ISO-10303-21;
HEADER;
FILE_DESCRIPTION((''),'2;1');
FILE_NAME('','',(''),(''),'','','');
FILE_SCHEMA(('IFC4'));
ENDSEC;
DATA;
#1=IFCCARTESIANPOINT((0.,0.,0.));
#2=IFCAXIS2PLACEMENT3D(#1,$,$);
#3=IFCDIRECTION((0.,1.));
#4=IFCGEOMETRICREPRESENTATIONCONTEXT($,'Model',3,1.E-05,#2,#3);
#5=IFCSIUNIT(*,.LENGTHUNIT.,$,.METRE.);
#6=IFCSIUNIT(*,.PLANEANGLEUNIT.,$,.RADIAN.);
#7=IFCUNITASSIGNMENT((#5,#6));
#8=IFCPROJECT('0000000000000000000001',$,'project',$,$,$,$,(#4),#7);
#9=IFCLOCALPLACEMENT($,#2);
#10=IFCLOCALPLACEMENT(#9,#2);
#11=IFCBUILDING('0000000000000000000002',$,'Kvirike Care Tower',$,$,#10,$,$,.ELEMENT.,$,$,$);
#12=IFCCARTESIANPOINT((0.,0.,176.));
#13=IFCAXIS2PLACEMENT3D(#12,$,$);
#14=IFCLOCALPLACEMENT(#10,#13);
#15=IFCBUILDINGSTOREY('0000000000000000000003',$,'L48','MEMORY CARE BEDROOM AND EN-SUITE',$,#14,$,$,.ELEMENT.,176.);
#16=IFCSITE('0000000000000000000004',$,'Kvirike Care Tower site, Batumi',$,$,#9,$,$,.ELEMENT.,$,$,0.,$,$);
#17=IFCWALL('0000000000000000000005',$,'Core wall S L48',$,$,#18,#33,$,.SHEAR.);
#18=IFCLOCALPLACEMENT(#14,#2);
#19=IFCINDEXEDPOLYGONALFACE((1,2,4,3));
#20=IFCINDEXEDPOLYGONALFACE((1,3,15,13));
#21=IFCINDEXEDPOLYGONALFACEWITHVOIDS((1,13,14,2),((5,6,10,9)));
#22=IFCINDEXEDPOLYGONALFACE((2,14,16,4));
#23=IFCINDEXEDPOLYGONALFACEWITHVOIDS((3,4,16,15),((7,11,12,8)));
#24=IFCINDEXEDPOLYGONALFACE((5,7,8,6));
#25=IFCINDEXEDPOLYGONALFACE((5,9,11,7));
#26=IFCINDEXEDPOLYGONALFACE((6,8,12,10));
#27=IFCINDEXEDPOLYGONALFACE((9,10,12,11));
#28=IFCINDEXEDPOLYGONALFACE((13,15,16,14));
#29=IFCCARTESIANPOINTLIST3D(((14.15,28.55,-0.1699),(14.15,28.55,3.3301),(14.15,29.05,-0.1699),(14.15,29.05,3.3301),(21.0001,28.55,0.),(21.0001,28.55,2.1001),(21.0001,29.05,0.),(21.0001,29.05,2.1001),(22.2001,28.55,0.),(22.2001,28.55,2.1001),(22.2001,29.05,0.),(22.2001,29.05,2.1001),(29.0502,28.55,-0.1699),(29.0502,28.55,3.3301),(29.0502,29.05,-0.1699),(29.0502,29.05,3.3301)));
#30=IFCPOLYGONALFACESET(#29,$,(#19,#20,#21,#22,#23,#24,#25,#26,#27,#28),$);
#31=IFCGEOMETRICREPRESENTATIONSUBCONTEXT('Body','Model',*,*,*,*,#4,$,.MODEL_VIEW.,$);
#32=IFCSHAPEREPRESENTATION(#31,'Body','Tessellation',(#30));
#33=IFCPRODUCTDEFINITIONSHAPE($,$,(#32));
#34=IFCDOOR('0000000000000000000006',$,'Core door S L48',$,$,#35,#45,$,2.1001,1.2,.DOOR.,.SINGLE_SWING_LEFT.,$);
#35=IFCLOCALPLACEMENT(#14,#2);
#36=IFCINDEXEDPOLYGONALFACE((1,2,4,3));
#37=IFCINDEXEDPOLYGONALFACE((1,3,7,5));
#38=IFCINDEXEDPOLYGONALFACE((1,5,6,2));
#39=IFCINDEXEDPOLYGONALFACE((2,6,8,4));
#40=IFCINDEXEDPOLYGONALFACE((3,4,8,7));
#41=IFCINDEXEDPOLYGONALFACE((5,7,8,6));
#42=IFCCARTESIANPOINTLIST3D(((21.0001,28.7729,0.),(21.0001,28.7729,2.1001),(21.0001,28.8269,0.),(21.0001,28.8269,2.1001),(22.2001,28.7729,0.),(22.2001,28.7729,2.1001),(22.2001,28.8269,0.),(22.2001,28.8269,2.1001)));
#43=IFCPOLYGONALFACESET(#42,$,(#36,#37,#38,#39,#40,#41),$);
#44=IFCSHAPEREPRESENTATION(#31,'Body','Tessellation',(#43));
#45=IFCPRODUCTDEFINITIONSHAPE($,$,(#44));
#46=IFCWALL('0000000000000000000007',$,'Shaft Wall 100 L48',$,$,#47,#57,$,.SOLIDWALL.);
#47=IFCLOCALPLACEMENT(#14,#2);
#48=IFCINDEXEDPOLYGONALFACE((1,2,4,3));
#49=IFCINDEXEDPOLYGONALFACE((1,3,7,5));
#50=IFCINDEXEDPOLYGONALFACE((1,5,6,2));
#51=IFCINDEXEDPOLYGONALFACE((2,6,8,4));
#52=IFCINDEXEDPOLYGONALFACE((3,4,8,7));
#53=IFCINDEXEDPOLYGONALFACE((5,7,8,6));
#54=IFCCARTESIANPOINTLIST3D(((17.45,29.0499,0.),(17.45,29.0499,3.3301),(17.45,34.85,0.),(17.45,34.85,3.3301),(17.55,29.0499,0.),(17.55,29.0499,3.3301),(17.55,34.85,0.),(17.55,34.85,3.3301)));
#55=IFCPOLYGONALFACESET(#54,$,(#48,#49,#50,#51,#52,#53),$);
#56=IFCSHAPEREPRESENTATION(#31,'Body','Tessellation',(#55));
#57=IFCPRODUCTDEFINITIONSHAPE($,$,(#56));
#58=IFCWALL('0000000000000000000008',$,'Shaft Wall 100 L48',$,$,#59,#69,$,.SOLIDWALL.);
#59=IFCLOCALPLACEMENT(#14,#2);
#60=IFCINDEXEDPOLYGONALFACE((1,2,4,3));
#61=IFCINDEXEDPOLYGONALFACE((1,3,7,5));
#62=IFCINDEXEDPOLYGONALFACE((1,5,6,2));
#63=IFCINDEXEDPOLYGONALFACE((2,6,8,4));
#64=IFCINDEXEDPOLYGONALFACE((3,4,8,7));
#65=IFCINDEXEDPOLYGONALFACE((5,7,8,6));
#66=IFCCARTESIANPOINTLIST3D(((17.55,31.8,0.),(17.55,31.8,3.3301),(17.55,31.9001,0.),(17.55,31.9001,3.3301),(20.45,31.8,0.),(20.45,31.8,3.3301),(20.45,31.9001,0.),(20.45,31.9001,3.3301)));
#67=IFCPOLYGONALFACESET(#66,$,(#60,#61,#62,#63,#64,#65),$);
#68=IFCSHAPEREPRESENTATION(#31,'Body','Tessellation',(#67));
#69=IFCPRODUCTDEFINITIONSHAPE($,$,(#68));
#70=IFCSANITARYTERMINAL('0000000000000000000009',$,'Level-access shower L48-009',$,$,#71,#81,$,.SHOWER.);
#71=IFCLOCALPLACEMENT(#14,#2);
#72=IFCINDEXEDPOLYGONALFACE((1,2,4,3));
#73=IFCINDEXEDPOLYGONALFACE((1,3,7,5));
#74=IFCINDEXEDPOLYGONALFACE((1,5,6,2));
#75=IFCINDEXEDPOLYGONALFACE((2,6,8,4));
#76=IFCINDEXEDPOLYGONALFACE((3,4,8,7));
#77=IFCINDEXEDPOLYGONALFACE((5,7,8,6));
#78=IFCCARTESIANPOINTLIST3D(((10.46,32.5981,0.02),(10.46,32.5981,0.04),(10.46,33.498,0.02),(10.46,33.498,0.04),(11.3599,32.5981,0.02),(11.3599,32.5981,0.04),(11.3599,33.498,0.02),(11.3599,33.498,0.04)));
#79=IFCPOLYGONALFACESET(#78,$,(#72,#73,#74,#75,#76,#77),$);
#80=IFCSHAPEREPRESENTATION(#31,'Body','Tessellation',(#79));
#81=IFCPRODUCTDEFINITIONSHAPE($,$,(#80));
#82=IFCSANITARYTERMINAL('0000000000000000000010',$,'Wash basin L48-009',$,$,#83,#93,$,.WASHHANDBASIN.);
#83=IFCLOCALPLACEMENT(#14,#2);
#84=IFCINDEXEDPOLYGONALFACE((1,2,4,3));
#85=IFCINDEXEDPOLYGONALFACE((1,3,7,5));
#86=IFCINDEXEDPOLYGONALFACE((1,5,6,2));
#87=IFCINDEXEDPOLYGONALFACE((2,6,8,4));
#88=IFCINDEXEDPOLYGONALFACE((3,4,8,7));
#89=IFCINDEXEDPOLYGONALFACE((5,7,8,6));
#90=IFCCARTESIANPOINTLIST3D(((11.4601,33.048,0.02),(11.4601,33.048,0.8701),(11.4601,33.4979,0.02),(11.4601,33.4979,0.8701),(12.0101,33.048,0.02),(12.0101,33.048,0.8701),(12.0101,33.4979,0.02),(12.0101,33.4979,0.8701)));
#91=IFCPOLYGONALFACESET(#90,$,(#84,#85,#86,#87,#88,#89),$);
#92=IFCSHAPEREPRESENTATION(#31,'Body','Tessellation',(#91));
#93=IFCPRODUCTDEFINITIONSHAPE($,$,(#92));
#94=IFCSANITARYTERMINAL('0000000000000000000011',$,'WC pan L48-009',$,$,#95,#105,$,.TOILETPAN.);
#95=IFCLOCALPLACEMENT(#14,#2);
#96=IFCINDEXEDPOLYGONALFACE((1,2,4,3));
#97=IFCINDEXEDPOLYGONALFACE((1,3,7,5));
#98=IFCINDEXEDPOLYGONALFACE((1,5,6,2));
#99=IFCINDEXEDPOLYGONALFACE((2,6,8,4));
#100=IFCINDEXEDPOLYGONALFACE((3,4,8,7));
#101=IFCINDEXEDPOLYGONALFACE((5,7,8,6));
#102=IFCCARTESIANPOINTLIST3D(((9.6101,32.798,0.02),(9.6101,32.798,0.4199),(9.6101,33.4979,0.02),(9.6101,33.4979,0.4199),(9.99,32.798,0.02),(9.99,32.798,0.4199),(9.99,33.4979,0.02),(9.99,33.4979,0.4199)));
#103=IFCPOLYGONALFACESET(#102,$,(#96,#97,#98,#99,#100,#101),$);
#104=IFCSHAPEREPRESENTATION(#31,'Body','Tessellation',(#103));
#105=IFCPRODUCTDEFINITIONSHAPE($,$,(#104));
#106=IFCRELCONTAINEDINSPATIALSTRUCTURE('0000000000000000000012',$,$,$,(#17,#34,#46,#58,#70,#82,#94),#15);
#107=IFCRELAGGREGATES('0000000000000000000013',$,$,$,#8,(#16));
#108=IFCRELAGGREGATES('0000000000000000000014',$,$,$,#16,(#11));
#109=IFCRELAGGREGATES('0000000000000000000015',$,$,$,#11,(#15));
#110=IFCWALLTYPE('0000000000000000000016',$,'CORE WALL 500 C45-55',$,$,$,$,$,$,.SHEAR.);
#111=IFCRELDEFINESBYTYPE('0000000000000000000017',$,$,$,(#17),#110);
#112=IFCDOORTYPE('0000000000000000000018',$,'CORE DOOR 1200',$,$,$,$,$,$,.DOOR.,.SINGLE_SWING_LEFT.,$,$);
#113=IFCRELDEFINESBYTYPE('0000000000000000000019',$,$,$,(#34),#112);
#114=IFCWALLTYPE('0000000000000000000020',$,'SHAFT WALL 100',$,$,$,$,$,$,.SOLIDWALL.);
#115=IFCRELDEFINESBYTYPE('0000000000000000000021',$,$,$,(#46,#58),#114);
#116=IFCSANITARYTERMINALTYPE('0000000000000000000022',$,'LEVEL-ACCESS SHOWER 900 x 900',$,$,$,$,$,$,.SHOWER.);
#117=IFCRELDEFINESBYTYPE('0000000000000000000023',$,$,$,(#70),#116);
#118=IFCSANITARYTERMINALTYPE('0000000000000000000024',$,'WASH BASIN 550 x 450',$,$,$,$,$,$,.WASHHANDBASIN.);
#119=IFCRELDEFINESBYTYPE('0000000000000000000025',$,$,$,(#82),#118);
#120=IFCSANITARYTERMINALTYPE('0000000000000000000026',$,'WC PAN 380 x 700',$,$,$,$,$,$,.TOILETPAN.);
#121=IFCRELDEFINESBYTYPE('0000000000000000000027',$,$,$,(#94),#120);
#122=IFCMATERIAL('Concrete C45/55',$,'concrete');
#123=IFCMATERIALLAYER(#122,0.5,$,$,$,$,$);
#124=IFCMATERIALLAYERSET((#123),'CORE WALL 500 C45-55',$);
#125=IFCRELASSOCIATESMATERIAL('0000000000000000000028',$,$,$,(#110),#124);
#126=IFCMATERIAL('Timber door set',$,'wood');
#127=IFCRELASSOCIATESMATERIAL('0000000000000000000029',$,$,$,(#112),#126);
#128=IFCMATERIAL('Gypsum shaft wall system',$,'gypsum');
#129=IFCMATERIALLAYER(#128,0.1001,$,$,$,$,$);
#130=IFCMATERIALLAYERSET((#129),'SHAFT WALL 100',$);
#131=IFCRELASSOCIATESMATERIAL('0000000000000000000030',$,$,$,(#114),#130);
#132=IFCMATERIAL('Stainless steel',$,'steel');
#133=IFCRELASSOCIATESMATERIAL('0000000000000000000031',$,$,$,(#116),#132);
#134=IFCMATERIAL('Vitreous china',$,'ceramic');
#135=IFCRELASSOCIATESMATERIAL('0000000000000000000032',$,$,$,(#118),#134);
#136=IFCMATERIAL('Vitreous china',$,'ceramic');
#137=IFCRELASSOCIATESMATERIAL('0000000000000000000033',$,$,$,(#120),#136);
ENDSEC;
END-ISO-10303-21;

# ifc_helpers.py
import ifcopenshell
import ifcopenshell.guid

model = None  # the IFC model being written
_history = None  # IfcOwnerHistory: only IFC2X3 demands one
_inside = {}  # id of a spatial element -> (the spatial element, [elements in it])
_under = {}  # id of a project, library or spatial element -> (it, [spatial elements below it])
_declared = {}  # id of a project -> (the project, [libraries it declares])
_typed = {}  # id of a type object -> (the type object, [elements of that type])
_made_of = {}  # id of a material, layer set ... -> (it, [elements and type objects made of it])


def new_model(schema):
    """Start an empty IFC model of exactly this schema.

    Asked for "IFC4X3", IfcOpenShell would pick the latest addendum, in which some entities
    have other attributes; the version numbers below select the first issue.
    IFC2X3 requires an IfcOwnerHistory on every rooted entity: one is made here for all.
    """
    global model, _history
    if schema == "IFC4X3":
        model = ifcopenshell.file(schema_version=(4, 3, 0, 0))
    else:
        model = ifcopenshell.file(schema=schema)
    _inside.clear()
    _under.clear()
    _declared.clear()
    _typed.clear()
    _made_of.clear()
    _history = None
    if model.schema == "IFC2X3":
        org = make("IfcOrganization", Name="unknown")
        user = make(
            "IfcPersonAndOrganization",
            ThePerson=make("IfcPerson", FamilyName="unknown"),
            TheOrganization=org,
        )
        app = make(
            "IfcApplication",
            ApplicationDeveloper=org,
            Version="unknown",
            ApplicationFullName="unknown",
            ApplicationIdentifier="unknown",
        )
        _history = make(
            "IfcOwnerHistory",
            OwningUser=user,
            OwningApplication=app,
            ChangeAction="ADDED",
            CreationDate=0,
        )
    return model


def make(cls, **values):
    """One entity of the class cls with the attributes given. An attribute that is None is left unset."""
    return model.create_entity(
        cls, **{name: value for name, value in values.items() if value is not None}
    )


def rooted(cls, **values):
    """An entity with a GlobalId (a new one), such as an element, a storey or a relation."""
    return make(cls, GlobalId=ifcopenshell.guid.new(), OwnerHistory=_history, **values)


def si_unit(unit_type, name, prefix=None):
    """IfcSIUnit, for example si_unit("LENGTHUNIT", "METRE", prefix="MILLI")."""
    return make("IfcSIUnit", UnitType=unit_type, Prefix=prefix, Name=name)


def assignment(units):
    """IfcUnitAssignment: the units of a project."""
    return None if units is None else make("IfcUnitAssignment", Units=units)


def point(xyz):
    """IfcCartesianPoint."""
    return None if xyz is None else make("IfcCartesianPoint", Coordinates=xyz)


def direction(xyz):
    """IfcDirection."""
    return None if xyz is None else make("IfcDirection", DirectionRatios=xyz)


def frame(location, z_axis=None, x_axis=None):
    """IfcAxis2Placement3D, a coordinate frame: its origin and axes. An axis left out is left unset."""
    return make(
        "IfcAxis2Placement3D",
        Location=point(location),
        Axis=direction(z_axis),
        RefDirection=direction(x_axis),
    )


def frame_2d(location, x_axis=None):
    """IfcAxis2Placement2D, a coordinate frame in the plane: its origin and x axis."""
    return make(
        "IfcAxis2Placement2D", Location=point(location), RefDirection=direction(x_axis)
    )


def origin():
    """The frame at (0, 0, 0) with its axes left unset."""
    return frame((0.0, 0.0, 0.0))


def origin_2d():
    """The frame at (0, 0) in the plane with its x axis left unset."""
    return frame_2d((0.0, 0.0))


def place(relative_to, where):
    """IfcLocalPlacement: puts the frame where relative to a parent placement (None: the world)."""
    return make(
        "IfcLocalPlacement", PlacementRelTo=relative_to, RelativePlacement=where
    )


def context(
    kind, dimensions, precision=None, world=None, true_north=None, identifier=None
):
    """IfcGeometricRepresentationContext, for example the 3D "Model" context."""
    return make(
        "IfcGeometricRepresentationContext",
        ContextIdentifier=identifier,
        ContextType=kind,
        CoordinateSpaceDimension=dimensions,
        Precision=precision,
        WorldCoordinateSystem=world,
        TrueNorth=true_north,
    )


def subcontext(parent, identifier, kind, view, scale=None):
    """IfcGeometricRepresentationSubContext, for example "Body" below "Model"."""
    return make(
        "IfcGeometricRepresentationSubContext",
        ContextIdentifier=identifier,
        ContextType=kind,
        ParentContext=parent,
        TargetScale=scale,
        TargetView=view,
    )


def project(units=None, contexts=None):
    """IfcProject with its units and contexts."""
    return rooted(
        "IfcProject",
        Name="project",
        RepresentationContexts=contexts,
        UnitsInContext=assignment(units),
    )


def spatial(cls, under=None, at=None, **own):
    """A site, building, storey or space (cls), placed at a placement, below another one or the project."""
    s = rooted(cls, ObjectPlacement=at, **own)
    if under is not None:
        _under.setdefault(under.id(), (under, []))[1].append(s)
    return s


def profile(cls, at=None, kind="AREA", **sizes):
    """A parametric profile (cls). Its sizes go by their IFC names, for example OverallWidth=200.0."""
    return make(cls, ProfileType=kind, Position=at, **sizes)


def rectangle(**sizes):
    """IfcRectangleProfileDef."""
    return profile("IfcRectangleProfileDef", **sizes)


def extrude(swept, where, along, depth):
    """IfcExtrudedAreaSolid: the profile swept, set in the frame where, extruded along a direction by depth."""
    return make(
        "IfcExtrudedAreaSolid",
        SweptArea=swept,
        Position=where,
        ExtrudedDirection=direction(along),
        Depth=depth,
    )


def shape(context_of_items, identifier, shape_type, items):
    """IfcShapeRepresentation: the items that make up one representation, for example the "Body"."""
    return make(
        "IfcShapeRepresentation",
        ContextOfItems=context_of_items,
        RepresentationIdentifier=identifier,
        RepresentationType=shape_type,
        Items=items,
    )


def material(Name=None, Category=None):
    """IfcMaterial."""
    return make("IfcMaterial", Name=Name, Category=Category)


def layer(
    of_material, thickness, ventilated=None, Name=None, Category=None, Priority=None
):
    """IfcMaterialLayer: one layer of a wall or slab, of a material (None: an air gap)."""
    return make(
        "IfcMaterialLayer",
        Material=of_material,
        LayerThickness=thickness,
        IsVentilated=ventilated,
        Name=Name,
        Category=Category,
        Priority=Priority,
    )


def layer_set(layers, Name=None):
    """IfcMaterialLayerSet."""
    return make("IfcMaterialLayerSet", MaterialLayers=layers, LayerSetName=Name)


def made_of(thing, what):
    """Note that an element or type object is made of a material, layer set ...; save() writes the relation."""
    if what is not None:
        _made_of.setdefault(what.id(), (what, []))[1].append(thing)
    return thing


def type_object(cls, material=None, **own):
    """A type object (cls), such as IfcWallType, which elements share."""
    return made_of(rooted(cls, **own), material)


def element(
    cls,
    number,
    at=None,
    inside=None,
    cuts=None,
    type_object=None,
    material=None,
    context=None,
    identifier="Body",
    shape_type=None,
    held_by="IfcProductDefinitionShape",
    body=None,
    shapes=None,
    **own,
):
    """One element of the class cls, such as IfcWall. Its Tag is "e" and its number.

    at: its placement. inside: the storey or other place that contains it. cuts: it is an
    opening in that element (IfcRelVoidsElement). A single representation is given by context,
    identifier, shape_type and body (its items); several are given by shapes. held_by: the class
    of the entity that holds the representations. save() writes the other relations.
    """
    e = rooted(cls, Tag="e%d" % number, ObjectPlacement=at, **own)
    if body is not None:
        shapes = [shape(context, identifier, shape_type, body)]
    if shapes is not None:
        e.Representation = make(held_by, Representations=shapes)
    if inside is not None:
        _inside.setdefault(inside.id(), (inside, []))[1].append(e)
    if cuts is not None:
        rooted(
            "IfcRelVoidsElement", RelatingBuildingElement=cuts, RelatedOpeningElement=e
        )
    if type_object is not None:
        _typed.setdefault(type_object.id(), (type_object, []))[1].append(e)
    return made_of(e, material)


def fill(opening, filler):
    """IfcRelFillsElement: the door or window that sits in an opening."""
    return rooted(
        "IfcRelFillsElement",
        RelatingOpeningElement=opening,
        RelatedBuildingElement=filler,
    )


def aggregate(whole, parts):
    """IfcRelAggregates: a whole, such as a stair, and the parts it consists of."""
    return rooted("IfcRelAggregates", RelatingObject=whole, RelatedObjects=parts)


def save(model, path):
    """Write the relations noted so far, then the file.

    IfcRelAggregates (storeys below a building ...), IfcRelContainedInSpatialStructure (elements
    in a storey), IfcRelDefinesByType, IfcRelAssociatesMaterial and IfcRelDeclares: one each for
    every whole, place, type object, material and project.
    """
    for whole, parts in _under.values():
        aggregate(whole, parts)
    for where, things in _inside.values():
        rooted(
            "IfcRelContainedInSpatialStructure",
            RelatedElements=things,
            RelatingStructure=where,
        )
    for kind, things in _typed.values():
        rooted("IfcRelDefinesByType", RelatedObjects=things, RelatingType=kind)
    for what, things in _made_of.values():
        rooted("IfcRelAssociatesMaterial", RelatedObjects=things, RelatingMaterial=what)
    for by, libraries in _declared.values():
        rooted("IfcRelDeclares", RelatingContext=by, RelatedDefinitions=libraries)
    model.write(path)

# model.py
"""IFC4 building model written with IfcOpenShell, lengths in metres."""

from ifc_helpers import new_model, si_unit, direction, frame, frame_2d, origin, origin_2d, place, context, subcontext, project, spatial, rectangle, extrude, material, layer, layer_set, type_object, element, fill, save


model = new_model("IFC4")

# Units and contexts
model_context = context("Model", 3, precision=1e-05, world=origin(), true_north=direction((0.0, 1.0)))
body_context = subcontext(model_context, "Body", "Model", "MODEL_VIEW")
ifc_project = project(units=[si_unit("LENGTHUNIT", "METRE"), si_unit("PLANEANGLEUNIT", "RADIAN")], contexts=[model_context])

# Site, building, storey
site_placement = place(None, origin())
site = spatial("IfcSite", under=ifc_project, at=site_placement, Name="Kvirike Care Tower site, Batumi", CompositionType="ELEMENT", RefElevation=0.0)
building_placement = place(site_placement, origin())
building = spatial("IfcBuilding", under=site, at=building_placement, Name="Kvirike Care Tower", CompositionType="ELEMENT")
storey_placement = place(building_placement, frame((0.0, 0.0, 176.0)))
storey = spatial("IfcBuildingStorey", under=building, at=storey_placement, Name="L48", Description="MEMORY CARE BEDROOM AND EN-SUITE", CompositionType="ELEMENT", Elevation=176.0)

# Wall, opening, door
ifc_material_1 = material(Name="Concrete C45/55", Category="concrete")
ifc_layer_1 = layer(ifc_material_1, 0.5)
ifc_layer_set_1 = layer_set([ifc_layer_1], Name="CORE WALL 500 C45-55")
wall_type_1 = type_object("IfcWallType", Name="CORE WALL 500 C45-55", PredefinedType="SHEAR", material=ifc_layer_set_1)
wall_1_placement = place(storey_placement, frame((14.1499, 28.8, -0.1699), z_axis=(0.0, 0.0, 1.0), x_axis=(1.0, 0.0, 0.0)))
wall_1 = element("IfcWall", 1, at=wall_1_placement, inside=storey, type_object=wall_type_1, Name="Core wall S L48", PredefinedType="SHEAR", context=body_context, shape_type="SweptSolid", body=[
    extrude(rectangle(XDim=14.9001, YDim=0.5, at=frame_2d((7.4502, 0.0))), origin(), (0.0, 0.0, 1.0), 3.5),
])
opening_placement = place(wall_1_placement, frame((6.8501, 0.0, 0.1699)))
opening = element("IfcOpeningElement", 2, at=opening_placement, cuts=wall_1, PredefinedType="OPENING", context=body_context, shape_type="SweptSolid", body=[
    extrude(rectangle(XDim=1.2, YDim=2.1001, at=frame_2d((0.6001, 1.05))), frame((0.0, 0.2605, 0.0), z_axis=(0.0, -1.0, 0.0), x_axis=(1.0, 0.0, 0.0)), (0.0, 0.0, 1.0), 0.521),
])
ifc_material_2 = material(Name="Timber door set", Category="wood")
door_type = type_object("IfcDoorType", Name="CORE DOOR 1200", OperationType="SINGLE_SWING_LEFT", PredefinedType="DOOR", material=ifc_material_2)
door_placement = place(opening_placement, origin())
door = element("IfcDoor", 3, at=door_placement, inside=storey, type_object=door_type, Name="Core door S L48", OperationType="SINGLE_SWING_LEFT", OverallHeight=2.1001, OverallWidth=1.2, PredefinedType="DOOR", context=body_context, shape_type="SweptSolid", body=[
    extrude(rectangle(XDim=1.2, YDim=2.1001, at=frame_2d((0.6001, 1.05))), frame((0.0, 0.0269, 0.0), z_axis=(0.0, -1.0, 0.0), x_axis=(1.0, 0.0, 0.0)), (0.0, 0.0, 1.0), 0.054),
])
fill(opening, door)

# Walls
ifc_material_3 = material(Name="Gypsum shaft wall system", Category="gypsum")
ifc_layer_2 = layer(ifc_material_3, 0.1001)
ifc_layer_set_2 = layer_set([ifc_layer_2], Name="SHAFT WALL 100")
wall_type_2 = type_object("IfcWallType", Name="SHAFT WALL 100", PredefinedType="SOLIDWALL", material=ifc_layer_set_2)
wall_2_placement = place(storey_placement, frame((17.5, 29.05, 0.0), z_axis=(0.0, 0.0, 1.0), x_axis=(0.0, 1.0, 0.0)))
element("IfcWall", 4, at=wall_2_placement, inside=storey, type_object=wall_type_2, Name="Shaft Wall 100 L48", PredefinedType="SOLIDWALL", context=body_context, shape_type="SweptSolid", body=[
    extrude(rectangle(XDim=5.8, YDim=0.1001, at=frame_2d((2.8999, 0.0))), origin(), (0.0, 0.0, 1.0), 3.3301),
])
wall_3_placement = place(storey_placement, frame((17.55, 31.8501, 0.0), z_axis=(0.0, 0.0, 1.0), x_axis=(1.0, 0.0, 0.0)))
element("IfcWall", 5, at=wall_3_placement, inside=storey, type_object=wall_type_2, Name="Shaft Wall 100 L48", PredefinedType="SOLIDWALL", context=body_context, shape_type="SweptSolid", body=[
    extrude(rectangle(XDim=2.8999, YDim=0.1001, at=frame_2d((1.45, 0.0))), origin(), (0.0, 0.0, 1.0), 3.3301),
])

# Sanitary terminals
ifc_material_4 = material(Name="Stainless steel", Category="steel")
sanitary_terminal_type_1 = type_object("IfcSanitaryTerminalType", Name="LEVEL-ACCESS SHOWER 900 x 900", PredefinedType="SHOWER", material=ifc_material_4)
sanitary_terminal_1_placement = place(storey_placement, frame((10.9099, 33.0481, 0.02), z_axis=(0.0, 0.0, 1.0), x_axis=(1.0, 0.0, 0.0)))
element("IfcSanitaryTerminal", 6, at=sanitary_terminal_1_placement, inside=storey, type_object=sanitary_terminal_type_1, Name="Level-access shower L48-009", PredefinedType="SHOWER", context=body_context, shape_type="SweptSolid", body=[
    extrude(rectangle(XDim=0.8999, YDim=0.8999, at=origin_2d()), origin(), (0.0, 0.0, 1.0), 0.02),
])
ifc_material_5 = material(Name="Vitreous china", Category="ceramic")
sanitary_terminal_type_2 = type_object("IfcSanitaryTerminalType", Name="WASH BASIN 550 x 450", PredefinedType="WASHHANDBASIN", material=ifc_material_5)
sanitary_terminal_2_placement = place(storey_placement, frame((11.7351, 33.2729, 0.02), z_axis=(0.0, 0.0, 1.0), x_axis=(1.0, 0.0, 0.0)))
element("IfcSanitaryTerminal", 7, at=sanitary_terminal_2_placement, inside=storey, type_object=sanitary_terminal_type_2, Name="Wash basin L48-009", PredefinedType="WASHHANDBASIN", context=body_context, shape_type="SweptSolid", body=[
    extrude(rectangle(XDim=0.55, YDim=0.45, at=origin_2d()), origin(), (0.0, 0.0, 1.0), 0.8501),
])
ifc_material_6 = material(Name="Vitreous china", Category="ceramic")
sanitary_terminal_type_3 = type_object("IfcSanitaryTerminalType", Name="WC PAN 380 x 700", PredefinedType="TOILETPAN", material=ifc_material_6)
sanitary_terminal_3_placement = place(storey_placement, frame((9.8, 33.1479, 0.02), z_axis=(0.0, 0.0, 1.0), x_axis=(1.0, 0.0, 0.0)))
element("IfcSanitaryTerminal", 8, at=sanitary_terminal_3_placement, inside=storey, type_object=sanitary_terminal_type_3, Name="WC pan L48-009", PredefinedType="TOILETPAN", context=body_context, shape_type="SweptSolid", body=[
    extrude(rectangle(XDim=0.3799, YDim=0.7, at=origin_2d()), origin(), (0.0, 0.0, 1.0), 0.3999),
])

save(model, "model.ifc")
